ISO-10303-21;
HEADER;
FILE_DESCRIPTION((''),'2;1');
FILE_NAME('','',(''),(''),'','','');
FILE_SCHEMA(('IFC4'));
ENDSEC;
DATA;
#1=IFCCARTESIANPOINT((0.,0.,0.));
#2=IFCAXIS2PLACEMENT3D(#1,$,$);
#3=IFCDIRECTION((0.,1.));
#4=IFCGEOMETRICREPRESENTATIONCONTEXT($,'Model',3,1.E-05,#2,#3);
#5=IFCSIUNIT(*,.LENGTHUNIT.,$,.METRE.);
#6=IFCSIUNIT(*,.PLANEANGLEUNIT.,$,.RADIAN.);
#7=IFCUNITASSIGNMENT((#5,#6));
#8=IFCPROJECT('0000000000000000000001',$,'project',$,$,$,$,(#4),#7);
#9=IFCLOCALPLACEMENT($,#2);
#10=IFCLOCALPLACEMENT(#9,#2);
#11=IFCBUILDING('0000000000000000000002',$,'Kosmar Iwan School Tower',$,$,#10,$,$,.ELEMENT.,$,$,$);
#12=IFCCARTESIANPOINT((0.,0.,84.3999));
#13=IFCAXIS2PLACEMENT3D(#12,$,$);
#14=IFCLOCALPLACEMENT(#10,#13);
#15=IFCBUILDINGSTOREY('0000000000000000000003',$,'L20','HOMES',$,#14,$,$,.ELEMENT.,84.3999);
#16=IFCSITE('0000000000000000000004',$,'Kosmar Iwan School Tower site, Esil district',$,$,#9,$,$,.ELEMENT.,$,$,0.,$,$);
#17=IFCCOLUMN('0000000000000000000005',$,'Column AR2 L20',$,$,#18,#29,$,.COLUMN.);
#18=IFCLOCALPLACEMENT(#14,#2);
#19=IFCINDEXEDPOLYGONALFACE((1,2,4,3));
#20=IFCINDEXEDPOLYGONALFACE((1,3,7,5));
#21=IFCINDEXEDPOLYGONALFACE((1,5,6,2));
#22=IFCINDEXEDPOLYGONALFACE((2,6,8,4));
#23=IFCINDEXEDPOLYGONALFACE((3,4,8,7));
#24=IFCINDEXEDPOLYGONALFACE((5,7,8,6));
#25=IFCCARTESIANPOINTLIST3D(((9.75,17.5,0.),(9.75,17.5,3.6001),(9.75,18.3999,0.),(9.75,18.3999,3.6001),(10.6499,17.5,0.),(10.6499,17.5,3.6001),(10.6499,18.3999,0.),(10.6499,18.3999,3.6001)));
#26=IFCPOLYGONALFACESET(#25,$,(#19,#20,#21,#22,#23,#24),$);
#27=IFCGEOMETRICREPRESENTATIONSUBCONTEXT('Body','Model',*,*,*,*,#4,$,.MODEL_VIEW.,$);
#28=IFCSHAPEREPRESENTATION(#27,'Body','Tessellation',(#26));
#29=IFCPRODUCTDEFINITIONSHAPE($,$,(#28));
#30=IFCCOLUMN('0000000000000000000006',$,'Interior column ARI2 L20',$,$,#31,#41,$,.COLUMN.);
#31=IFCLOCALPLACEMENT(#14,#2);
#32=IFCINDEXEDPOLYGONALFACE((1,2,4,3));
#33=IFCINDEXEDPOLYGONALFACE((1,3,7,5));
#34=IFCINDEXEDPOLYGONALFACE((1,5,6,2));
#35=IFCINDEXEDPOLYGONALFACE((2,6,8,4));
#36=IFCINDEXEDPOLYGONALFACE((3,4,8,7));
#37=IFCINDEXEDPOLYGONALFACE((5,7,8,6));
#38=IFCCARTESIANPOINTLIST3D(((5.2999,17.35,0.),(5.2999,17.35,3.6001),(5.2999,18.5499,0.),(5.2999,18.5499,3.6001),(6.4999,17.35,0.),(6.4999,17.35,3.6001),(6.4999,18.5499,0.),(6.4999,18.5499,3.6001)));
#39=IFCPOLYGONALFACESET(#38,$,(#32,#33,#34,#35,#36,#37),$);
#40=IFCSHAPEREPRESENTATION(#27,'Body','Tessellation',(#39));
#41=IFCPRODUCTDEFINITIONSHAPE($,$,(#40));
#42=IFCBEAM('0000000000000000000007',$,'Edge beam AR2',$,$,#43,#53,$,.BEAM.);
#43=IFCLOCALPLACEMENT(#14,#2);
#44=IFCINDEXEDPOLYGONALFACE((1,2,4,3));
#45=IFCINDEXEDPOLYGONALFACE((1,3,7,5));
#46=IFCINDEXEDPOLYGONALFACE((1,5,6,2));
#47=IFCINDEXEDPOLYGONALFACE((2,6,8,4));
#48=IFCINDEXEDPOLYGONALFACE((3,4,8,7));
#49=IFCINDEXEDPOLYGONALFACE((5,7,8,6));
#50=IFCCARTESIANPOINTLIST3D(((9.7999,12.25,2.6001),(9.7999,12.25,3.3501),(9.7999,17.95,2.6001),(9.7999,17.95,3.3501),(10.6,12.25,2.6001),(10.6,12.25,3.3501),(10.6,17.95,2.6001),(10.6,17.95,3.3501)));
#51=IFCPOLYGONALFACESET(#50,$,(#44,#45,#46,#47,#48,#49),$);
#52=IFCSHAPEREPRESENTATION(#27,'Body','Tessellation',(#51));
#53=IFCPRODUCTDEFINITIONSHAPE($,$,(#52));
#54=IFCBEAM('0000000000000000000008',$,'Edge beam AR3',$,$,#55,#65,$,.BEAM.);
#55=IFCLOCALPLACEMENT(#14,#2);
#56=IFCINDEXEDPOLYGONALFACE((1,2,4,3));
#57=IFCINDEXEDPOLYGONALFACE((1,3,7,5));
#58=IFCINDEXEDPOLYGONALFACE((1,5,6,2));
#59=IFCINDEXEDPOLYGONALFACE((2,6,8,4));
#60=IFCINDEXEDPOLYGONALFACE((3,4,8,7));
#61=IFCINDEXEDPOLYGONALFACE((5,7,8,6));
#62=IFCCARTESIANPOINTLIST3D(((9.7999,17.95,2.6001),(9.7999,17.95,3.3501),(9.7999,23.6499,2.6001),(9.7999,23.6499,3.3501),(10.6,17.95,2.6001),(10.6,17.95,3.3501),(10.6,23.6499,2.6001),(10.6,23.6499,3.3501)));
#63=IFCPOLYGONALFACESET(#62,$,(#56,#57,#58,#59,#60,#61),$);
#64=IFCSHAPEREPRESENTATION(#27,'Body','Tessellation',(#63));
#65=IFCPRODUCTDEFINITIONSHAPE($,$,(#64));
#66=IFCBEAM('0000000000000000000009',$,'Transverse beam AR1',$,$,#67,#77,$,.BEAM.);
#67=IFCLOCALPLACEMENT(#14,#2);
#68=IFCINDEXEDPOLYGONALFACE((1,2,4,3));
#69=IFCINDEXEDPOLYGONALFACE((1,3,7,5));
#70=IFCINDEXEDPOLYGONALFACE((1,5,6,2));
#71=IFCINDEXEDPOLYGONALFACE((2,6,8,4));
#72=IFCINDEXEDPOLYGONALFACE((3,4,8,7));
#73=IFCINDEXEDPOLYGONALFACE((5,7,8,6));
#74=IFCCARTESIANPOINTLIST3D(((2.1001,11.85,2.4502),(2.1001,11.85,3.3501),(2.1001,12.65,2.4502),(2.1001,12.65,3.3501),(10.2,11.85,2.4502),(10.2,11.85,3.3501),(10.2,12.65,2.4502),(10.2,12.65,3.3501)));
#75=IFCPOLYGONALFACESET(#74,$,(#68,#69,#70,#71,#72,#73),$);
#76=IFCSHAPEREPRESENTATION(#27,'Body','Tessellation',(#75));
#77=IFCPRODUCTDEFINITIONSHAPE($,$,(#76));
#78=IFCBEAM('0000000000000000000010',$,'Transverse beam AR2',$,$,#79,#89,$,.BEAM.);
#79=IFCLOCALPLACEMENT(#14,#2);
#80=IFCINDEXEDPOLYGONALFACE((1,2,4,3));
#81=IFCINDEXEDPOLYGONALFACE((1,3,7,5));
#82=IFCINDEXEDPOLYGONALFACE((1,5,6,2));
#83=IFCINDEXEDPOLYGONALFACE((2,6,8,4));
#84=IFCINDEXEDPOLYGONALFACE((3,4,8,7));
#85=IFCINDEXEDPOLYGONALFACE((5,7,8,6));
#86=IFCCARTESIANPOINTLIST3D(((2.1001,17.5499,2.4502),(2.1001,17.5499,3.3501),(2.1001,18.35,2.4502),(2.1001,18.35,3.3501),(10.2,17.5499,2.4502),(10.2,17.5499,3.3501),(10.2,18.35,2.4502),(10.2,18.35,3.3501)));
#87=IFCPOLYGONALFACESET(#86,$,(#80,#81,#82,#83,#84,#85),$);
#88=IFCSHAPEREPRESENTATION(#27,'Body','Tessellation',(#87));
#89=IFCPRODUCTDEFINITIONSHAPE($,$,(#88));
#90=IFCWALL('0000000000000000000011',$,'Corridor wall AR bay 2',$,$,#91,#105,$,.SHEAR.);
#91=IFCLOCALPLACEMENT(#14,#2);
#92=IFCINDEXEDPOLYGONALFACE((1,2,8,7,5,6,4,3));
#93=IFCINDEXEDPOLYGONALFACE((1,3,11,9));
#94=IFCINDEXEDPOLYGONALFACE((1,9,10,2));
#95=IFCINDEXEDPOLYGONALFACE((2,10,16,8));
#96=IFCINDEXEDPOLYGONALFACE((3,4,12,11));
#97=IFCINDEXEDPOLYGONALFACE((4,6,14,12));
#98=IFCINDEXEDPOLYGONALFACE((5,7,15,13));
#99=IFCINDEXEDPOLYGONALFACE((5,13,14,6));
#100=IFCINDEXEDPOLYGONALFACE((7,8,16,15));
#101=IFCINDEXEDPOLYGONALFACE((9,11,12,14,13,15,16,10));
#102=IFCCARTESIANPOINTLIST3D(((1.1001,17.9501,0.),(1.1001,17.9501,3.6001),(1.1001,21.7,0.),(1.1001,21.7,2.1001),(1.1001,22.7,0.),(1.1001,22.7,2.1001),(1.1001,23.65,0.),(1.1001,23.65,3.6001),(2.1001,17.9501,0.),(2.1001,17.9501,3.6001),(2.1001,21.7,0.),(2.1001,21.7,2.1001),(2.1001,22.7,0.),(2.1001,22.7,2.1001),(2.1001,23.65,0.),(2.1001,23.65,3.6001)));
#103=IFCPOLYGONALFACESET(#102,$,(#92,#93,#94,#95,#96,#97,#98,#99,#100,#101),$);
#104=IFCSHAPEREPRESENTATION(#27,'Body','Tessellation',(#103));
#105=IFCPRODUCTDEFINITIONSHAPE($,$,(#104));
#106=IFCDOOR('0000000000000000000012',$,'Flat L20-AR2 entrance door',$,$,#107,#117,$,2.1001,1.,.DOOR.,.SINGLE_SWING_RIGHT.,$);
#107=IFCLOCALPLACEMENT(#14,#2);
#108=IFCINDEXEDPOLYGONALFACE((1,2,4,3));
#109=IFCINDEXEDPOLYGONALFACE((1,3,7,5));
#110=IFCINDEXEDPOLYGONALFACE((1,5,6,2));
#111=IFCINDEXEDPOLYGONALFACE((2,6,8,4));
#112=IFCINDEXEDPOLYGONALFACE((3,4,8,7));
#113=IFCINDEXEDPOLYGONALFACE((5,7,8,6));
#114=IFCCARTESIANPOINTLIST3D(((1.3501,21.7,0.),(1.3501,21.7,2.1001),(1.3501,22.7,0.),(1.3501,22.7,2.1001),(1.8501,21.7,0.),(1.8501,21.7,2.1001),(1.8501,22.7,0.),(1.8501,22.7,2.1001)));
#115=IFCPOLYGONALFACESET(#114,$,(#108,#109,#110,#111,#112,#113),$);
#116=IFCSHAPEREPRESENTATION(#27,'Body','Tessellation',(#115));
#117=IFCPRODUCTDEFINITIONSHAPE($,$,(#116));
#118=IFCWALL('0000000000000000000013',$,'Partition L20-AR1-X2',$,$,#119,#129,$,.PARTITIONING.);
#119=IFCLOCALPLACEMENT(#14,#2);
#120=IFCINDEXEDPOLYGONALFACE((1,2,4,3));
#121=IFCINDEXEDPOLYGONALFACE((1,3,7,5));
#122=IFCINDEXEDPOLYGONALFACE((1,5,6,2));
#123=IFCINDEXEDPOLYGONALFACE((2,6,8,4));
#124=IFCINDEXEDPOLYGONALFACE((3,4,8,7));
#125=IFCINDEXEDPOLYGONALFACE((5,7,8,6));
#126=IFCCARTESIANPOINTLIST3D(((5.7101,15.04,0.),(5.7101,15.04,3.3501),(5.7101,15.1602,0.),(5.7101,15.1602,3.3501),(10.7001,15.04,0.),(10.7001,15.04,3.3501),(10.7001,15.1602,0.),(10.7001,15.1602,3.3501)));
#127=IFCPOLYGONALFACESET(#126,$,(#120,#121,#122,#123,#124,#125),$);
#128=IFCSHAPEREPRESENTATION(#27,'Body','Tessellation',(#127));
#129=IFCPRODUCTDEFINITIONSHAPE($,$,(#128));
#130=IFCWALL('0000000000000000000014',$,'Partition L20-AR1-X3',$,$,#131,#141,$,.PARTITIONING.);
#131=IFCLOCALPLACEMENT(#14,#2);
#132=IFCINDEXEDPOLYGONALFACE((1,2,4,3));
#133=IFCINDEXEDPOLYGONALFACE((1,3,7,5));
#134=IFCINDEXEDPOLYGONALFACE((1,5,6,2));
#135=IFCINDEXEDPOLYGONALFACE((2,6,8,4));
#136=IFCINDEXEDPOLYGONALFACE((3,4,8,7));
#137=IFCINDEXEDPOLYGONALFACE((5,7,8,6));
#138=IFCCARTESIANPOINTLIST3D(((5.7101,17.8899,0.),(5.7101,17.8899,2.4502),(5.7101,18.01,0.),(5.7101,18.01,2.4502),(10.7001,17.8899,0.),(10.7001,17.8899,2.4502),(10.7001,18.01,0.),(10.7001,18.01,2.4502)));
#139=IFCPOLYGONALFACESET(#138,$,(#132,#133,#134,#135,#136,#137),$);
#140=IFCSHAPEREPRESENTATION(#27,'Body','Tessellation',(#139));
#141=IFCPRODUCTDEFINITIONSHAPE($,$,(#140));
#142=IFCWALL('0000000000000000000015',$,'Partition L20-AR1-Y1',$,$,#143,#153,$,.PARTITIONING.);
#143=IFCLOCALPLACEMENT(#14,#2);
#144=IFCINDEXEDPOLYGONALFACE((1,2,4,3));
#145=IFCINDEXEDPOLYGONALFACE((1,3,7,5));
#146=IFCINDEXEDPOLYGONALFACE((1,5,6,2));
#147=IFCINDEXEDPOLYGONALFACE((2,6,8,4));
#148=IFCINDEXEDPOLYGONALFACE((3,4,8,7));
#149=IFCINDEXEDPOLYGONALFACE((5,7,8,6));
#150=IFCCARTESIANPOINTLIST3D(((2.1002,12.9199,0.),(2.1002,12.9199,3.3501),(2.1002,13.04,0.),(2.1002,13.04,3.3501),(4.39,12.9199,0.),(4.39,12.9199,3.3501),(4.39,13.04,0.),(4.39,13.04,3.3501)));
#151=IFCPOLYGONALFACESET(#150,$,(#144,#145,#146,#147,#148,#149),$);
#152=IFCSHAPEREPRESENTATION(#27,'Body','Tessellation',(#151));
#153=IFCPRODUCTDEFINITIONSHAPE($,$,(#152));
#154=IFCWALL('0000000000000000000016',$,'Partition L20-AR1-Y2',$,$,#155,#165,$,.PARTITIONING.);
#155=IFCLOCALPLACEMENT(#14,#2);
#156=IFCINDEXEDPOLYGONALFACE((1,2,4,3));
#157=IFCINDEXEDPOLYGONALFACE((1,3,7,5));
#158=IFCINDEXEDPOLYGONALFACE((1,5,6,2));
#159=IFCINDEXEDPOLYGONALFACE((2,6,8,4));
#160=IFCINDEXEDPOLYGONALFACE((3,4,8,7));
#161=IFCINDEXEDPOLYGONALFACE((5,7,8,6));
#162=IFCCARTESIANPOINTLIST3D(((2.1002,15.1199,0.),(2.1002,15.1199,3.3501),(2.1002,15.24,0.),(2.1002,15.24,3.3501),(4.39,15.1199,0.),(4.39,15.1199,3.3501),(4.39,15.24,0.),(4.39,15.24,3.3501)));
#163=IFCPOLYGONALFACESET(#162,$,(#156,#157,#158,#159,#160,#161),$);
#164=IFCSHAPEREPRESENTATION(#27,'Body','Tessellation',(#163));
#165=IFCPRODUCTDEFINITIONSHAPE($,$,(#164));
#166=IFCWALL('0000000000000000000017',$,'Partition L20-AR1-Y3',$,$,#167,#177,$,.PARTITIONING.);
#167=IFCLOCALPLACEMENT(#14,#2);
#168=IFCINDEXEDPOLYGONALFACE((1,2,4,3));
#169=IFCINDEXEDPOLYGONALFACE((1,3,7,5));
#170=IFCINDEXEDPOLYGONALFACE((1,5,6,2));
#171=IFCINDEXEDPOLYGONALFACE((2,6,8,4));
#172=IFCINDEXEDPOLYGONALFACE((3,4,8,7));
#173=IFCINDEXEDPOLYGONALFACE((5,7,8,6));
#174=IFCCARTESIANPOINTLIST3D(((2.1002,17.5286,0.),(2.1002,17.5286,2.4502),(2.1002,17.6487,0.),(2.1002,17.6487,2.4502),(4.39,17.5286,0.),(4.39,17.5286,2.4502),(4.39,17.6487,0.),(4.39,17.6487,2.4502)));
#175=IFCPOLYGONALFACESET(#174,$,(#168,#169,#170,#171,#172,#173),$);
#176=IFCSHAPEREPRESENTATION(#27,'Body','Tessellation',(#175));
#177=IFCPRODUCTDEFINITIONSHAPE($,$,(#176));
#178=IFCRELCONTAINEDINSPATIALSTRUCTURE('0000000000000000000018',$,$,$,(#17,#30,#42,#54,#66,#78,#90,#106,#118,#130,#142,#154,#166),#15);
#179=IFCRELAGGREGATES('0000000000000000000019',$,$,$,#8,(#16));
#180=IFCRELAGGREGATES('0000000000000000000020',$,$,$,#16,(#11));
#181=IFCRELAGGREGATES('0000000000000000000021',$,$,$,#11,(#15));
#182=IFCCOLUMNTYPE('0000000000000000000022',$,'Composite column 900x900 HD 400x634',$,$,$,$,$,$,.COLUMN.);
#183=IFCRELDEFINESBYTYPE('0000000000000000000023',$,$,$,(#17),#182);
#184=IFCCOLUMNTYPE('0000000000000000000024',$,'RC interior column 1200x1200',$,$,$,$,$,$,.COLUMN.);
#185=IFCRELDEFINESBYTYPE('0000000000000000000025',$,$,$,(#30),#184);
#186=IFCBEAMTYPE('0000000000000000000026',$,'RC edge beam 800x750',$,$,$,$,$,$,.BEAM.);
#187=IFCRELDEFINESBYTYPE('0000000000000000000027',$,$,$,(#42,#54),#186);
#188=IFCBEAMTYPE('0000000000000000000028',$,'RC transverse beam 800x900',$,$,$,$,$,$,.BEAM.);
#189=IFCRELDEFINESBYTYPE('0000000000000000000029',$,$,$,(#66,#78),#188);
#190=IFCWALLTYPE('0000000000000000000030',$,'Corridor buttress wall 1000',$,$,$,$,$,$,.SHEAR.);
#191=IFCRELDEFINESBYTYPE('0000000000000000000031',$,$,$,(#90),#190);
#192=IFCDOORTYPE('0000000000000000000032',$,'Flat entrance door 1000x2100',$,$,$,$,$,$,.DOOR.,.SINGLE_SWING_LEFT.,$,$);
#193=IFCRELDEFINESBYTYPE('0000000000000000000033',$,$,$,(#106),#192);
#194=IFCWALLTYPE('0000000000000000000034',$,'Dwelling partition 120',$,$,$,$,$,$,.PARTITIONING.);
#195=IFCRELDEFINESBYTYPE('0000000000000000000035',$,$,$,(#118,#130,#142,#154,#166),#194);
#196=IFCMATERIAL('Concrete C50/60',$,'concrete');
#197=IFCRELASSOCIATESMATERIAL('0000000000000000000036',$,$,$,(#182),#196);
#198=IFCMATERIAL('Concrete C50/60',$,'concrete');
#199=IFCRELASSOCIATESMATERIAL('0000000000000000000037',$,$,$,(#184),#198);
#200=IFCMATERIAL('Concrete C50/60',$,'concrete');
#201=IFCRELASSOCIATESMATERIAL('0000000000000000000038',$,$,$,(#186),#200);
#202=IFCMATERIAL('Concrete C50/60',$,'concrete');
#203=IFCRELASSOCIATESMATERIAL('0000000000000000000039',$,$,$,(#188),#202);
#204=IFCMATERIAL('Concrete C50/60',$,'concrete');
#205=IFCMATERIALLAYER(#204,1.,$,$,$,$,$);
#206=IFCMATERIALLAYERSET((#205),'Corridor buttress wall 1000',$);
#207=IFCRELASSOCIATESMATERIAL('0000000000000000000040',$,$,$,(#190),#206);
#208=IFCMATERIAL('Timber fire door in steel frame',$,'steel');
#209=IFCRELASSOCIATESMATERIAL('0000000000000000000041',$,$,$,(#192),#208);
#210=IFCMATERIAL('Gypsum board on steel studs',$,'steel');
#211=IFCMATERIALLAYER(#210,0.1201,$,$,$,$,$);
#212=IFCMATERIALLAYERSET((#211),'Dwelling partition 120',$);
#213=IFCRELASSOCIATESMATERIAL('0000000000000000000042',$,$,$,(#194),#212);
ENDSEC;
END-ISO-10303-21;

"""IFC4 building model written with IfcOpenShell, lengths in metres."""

from ifc_helpers import new_model, si_unit, direction, frame, frame_2d, origin, origin_2d, place, context, subcontext, project, spatial, rectangle, extrude, material, layer, layer_set, material_profile, profile_set, type_object, element, fill, save


model = new_model("IFC4")

# Units and contexts
model_context = context("Model", 3, precision=1e-05, world=origin(), true_north=direction((0.0, 1.0)))
body_context = subcontext(model_context, "Body", "Model", "MODEL_VIEW")
ifc_project = project(units=[si_unit("LENGTHUNIT", "METRE"), si_unit("PLANEANGLEUNIT", "RADIAN")], contexts=[model_context])

# Site, building, storey
site_placement = place(None, origin())
site = spatial("IfcSite", under=ifc_project, at=site_placement, Name="Kosmar Iwan School Tower site, Esil district", CompositionType="ELEMENT", RefElevation=0.0)
building_placement = place(site_placement, origin())
building = spatial("IfcBuilding", under=site, at=building_placement, Name="Kosmar Iwan School Tower", CompositionType="ELEMENT")
storey_placement = place(building_placement, frame((0.0, 0.0, 84.3999)))
storey = spatial("IfcBuildingStorey", under=building, at=storey_placement, Name="L20", Description="HOMES", CompositionType="ELEMENT", Elevation=84.3999)

# Columns
ifc_material_1 = material(Name="Concrete C50/60", Category="concrete")
ifc_material_profile_1 = material_profile(ifc_material_1, rectangle(XDim=0.8999, YDim=0.8999, at=origin_2d()), Name="RC 900x900 + HD 400x634")
ifc_profile_set_1 = profile_set([ifc_material_profile_1], Name="Concrete C50/60")
column_type_1 = type_object("IfcColumnType", Name="Composite column 900x900 HD 400x634", PredefinedType="COLUMN", material=ifc_profile_set_1)
column_1_placement = place(storey_placement, frame((10.2, 17.95, 0.0), z_axis=(0.0, 0.0, 1.0), x_axis=(0.0, 1.0, 0.0)))
element("IfcColumn", 1, at=column_1_placement, inside=storey, type_object=column_type_1, Name="Column AR2 L20", PredefinedType="COLUMN", context=body_context, shape_type="SweptSolid", body=[
    extrude(rectangle(XDim=0.8999, YDim=0.8999, at=origin_2d()), origin(), (0.0, 0.0, 1.0), 3.6001),
])
ifc_material_2 = material(Name="Concrete C50/60", Category="concrete")
ifc_material_profile_2 = material_profile(ifc_material_2, rectangle(XDim=1.2, YDim=1.2, at=origin_2d()), Name="RC 1200x1200")
ifc_profile_set_2 = profile_set([ifc_material_profile_2], Name="Concrete C50/60")
column_type_2 = type_object("IfcColumnType", Name="RC interior column 1200x1200", PredefinedType="COLUMN", material=ifc_profile_set_2)
column_2_placement = place(storey_placement, frame((5.8999, 17.95, 0.0), z_axis=(0.0, 0.0, 1.0), x_axis=(0.0, 1.0, 0.0)))
element("IfcColumn", 2, at=column_2_placement, inside=storey, type_object=column_type_2, Name="Interior column ARI2 L20", PredefinedType="COLUMN", context=body_context, shape_type="SweptSolid", body=[
    extrude(rectangle(XDim=1.2, YDim=1.2, at=origin_2d()), origin(), (0.0, 0.0, 1.0), 3.6001),
])

# Beams
ifc_material_3 = material(Name="Concrete C50/60", Category="concrete")
ifc_material_profile_3 = material_profile(ifc_material_3, rectangle(XDim=0.8, YDim=0.75, at=origin_2d()), Name="RC 800x750")
ifc_profile_set_3 = profile_set([ifc_material_profile_3], Name="Concrete C50/60")
beam_type_1 = type_object("IfcBeamType", Name="RC edge beam 800x750", PredefinedType="BEAM", material=ifc_profile_set_3)
for number, where, z_axis, x_axis, name in (
    (3, (10.2, 12.25, 2.9751), (0.0, 1.0, 0.0), (-1.0, 0.0, 0.0), "Edge beam AR2"),
    (4, (10.2, 17.95, 2.9751), (0.0, 1.0, 0.0), (-1.0, 0.0, 0.0), "Edge beam AR3"),
):
    element("IfcBeam", number, at=place(storey_placement, frame(where, z_axis=z_axis, x_axis=x_axis)), inside=storey, type_object=beam_type_1, Name=name, PredefinedType="BEAM", context=body_context, shape_type="SweptSolid", body=[
        extrude(rectangle(XDim=0.8, YDim=0.75, at=origin_2d()), origin(), (0.0, 0.0, 1.0), 5.7),
    ])
ifc_material_4 = material(Name="Concrete C50/60", Category="concrete")
ifc_material_profile_4 = material_profile(ifc_material_4, rectangle(XDim=0.8, YDim=0.8999, at=origin_2d()), Name="RC 800x900")
ifc_profile_set_4 = profile_set([ifc_material_profile_4], Name="Concrete C50/60")
beam_type_2 = type_object("IfcBeamType", Name="RC transverse beam 800x900", PredefinedType="BEAM", material=ifc_profile_set_4)
for number, where, z_axis, x_axis, name in (
    (5, (10.2, 12.25, 2.9001), (-1.0, 0.0, 0.0), (0.0, -1.0, 0.0), "Transverse beam AR1"),
    (6, (10.2, 17.95, 2.9001), (-1.0, 0.0, 0.0), (0.0, -1.0, 0.0), "Transverse beam AR2"),
):
    element("IfcBeam", number, at=place(storey_placement, frame(where, z_axis=z_axis, x_axis=x_axis)), inside=storey, type_object=beam_type_2, Name=name, PredefinedType="BEAM", context=body_context, shape_type="SweptSolid", body=[
        extrude(rectangle(XDim=0.8, YDim=0.8999, at=origin_2d()), origin(), (0.0, 0.0, 1.0), 8.0999),
    ])

# Wall, opening, door
ifc_material_5 = material(Name="Concrete C50/60", Category="concrete")
ifc_layer_1 = layer(ifc_material_5, 1.0)
ifc_layer_set_1 = layer_set([ifc_layer_1], Name="Corridor buttress wall 1000")
wall_type_1 = type_object("IfcWallType", Name="Corridor buttress wall 1000", PredefinedType="SHEAR", material=ifc_layer_set_1)
wall_1_placement = place(storey_placement, frame((1.6001, 17.95, 0.0), z_axis=(0.0, 0.0, 1.0), x_axis=(0.0, 1.0, 0.0)))
wall_1 = element("IfcWall", 7, at=wall_1_placement, inside=storey, type_object=wall_type_1, Name="Corridor wall AR bay 2", PredefinedType="SHEAR", context=body_context, shape_type="SweptSolid", body=[
    extrude(rectangle(XDim=5.7, YDim=1.0, at=frame_2d((2.8501, 0.0))), origin(), (0.0, 0.0, 1.0), 3.6001),
])
opening_placement = place(wall_1_placement, frame((3.75, 0.0, 0.0)))
opening = element("IfcOpeningElement", 8, at=opening_placement, cuts=wall_1, PredefinedType="OPENING", context=body_context, shape_type="SweptSolid", body=[
    extrude(rectangle(XDim=1.0, YDim=2.1001, at=frame_2d((0.5, 1.05))), frame((0.0, 0.512, 0.0), z_axis=(0.0, -1.0, 0.0), x_axis=(1.0, 0.0, 0.0)), (0.0, 0.0, 1.0), 1.0239),
])
ifc_material_6 = material(Name="Timber fire door in steel frame", Category="steel")
door_type = type_object("IfcDoorType", Name="Flat entrance door 1000x2100", OperationType="SINGLE_SWING_LEFT", PredefinedType="DOOR", material=ifc_material_6)
door_placement = place(opening_placement, origin())
door = element("IfcDoor", 9, at=door_placement, inside=storey, type_object=door_type, Name="Flat L20-AR2 entrance door", OperationType="SINGLE_SWING_RIGHT", OverallHeight=2.1001, OverallWidth=1.0, PredefinedType="DOOR", context=body_context, shape_type="SweptSolid", body=[
    extrude(rectangle(XDim=1.0, YDim=2.1001, at=frame_2d((0.5, 1.05))), frame((0.0, 0.25, 0.0), z_axis=(0.0, -1.0, 0.0), x_axis=(1.0, 0.0, 0.0)), (0.0, 0.0, 1.0), 0.5),
])
fill(opening, door)

# Walls
ifc_material_7 = material(Name="Gypsum board on steel studs", Category="steel")
ifc_layer_2 = layer(ifc_material_7, 0.1201)
ifc_layer_set_2 = layer_set([ifc_layer_2], Name="Dwelling partition 120")
wall_type_2 = type_object("IfcWallType", Name="Dwelling partition 120", PredefinedType="PARTITIONING", material=ifc_layer_set_2)
wall_2_placement = place(storey_placement, frame((5.71, 15.1001, 0.0), z_axis=(0.0, 0.0, 1.0), x_axis=(1.0, 0.0, 0.0)))
element("IfcWall", 10, at=wall_2_placement, inside=storey, type_object=wall_type_2, Name="Partition L20-AR1-X2", PredefinedType="PARTITIONING", context=body_context, shape_type="SweptSolid", body=[
    extrude(rectangle(XDim=4.99, YDim=0.1201, at=frame_2d((2.4951, 0.0))), origin(), (0.0, 0.0, 1.0), 3.3501),
])
wall_3_placement = place(storey_placement, frame((5.71, 17.95, 0.0), z_axis=(0.0, 0.0, 1.0), x_axis=(1.0, 0.0, 0.0)))
element("IfcWall", 11, at=wall_3_placement, inside=storey, type_object=wall_type_2, Name="Partition L20-AR1-X3", PredefinedType="PARTITIONING", context=body_context, shape_type="SweptSolid", body=[
    extrude(rectangle(XDim=4.99, YDim=0.1201, at=frame_2d((2.4951, 0.0))), origin(), (0.0, 0.0, 1.0), 2.4502),
])
for number, where, z_axis, x_axis, name in (
    (12, (2.1001, 12.98, 0.0), (0.0, 0.0, 1.0), (1.0, 0.0, 0.0), "Partition L20-AR1-Y1"),
    (13, (2.1001, 15.1799, 0.0), (0.0, 0.0, 1.0), (1.0, 0.0, 0.0), "Partition L20-AR1-Y2"),
):
    element("IfcWall", number, at=place(storey_placement, frame(where, z_axis=z_axis, x_axis=x_axis)), inside=storey, type_object=wall_type_2, Name=name, PredefinedType="PARTITIONING", context=body_context, shape_type="SweptSolid", body=[
        extrude(rectangle(XDim=2.2898, YDim=0.1201, at=frame_2d((1.145, 0.0))), origin(), (0.0, 0.0, 1.0), 3.3501),
    ])
wall_4_placement = place(storey_placement, frame((2.1001, 17.5886, 0.0), z_axis=(0.0, 0.0, 1.0), x_axis=(1.0, 0.0, 0.0)))
element("IfcWall", 14, at=wall_4_placement, inside=storey, type_object=wall_type_2, Name="Partition L20-AR1-Y3", PredefinedType="PARTITIONING", context=body_context, shape_type="SweptSolid", body=[
    extrude(rectangle(XDim=2.2898, YDim=0.1201, at=frame_2d((1.145, 0.0))), origin(), (0.0, 0.0, 1.0), 2.4502),
])

save(model, "model.ifc")
